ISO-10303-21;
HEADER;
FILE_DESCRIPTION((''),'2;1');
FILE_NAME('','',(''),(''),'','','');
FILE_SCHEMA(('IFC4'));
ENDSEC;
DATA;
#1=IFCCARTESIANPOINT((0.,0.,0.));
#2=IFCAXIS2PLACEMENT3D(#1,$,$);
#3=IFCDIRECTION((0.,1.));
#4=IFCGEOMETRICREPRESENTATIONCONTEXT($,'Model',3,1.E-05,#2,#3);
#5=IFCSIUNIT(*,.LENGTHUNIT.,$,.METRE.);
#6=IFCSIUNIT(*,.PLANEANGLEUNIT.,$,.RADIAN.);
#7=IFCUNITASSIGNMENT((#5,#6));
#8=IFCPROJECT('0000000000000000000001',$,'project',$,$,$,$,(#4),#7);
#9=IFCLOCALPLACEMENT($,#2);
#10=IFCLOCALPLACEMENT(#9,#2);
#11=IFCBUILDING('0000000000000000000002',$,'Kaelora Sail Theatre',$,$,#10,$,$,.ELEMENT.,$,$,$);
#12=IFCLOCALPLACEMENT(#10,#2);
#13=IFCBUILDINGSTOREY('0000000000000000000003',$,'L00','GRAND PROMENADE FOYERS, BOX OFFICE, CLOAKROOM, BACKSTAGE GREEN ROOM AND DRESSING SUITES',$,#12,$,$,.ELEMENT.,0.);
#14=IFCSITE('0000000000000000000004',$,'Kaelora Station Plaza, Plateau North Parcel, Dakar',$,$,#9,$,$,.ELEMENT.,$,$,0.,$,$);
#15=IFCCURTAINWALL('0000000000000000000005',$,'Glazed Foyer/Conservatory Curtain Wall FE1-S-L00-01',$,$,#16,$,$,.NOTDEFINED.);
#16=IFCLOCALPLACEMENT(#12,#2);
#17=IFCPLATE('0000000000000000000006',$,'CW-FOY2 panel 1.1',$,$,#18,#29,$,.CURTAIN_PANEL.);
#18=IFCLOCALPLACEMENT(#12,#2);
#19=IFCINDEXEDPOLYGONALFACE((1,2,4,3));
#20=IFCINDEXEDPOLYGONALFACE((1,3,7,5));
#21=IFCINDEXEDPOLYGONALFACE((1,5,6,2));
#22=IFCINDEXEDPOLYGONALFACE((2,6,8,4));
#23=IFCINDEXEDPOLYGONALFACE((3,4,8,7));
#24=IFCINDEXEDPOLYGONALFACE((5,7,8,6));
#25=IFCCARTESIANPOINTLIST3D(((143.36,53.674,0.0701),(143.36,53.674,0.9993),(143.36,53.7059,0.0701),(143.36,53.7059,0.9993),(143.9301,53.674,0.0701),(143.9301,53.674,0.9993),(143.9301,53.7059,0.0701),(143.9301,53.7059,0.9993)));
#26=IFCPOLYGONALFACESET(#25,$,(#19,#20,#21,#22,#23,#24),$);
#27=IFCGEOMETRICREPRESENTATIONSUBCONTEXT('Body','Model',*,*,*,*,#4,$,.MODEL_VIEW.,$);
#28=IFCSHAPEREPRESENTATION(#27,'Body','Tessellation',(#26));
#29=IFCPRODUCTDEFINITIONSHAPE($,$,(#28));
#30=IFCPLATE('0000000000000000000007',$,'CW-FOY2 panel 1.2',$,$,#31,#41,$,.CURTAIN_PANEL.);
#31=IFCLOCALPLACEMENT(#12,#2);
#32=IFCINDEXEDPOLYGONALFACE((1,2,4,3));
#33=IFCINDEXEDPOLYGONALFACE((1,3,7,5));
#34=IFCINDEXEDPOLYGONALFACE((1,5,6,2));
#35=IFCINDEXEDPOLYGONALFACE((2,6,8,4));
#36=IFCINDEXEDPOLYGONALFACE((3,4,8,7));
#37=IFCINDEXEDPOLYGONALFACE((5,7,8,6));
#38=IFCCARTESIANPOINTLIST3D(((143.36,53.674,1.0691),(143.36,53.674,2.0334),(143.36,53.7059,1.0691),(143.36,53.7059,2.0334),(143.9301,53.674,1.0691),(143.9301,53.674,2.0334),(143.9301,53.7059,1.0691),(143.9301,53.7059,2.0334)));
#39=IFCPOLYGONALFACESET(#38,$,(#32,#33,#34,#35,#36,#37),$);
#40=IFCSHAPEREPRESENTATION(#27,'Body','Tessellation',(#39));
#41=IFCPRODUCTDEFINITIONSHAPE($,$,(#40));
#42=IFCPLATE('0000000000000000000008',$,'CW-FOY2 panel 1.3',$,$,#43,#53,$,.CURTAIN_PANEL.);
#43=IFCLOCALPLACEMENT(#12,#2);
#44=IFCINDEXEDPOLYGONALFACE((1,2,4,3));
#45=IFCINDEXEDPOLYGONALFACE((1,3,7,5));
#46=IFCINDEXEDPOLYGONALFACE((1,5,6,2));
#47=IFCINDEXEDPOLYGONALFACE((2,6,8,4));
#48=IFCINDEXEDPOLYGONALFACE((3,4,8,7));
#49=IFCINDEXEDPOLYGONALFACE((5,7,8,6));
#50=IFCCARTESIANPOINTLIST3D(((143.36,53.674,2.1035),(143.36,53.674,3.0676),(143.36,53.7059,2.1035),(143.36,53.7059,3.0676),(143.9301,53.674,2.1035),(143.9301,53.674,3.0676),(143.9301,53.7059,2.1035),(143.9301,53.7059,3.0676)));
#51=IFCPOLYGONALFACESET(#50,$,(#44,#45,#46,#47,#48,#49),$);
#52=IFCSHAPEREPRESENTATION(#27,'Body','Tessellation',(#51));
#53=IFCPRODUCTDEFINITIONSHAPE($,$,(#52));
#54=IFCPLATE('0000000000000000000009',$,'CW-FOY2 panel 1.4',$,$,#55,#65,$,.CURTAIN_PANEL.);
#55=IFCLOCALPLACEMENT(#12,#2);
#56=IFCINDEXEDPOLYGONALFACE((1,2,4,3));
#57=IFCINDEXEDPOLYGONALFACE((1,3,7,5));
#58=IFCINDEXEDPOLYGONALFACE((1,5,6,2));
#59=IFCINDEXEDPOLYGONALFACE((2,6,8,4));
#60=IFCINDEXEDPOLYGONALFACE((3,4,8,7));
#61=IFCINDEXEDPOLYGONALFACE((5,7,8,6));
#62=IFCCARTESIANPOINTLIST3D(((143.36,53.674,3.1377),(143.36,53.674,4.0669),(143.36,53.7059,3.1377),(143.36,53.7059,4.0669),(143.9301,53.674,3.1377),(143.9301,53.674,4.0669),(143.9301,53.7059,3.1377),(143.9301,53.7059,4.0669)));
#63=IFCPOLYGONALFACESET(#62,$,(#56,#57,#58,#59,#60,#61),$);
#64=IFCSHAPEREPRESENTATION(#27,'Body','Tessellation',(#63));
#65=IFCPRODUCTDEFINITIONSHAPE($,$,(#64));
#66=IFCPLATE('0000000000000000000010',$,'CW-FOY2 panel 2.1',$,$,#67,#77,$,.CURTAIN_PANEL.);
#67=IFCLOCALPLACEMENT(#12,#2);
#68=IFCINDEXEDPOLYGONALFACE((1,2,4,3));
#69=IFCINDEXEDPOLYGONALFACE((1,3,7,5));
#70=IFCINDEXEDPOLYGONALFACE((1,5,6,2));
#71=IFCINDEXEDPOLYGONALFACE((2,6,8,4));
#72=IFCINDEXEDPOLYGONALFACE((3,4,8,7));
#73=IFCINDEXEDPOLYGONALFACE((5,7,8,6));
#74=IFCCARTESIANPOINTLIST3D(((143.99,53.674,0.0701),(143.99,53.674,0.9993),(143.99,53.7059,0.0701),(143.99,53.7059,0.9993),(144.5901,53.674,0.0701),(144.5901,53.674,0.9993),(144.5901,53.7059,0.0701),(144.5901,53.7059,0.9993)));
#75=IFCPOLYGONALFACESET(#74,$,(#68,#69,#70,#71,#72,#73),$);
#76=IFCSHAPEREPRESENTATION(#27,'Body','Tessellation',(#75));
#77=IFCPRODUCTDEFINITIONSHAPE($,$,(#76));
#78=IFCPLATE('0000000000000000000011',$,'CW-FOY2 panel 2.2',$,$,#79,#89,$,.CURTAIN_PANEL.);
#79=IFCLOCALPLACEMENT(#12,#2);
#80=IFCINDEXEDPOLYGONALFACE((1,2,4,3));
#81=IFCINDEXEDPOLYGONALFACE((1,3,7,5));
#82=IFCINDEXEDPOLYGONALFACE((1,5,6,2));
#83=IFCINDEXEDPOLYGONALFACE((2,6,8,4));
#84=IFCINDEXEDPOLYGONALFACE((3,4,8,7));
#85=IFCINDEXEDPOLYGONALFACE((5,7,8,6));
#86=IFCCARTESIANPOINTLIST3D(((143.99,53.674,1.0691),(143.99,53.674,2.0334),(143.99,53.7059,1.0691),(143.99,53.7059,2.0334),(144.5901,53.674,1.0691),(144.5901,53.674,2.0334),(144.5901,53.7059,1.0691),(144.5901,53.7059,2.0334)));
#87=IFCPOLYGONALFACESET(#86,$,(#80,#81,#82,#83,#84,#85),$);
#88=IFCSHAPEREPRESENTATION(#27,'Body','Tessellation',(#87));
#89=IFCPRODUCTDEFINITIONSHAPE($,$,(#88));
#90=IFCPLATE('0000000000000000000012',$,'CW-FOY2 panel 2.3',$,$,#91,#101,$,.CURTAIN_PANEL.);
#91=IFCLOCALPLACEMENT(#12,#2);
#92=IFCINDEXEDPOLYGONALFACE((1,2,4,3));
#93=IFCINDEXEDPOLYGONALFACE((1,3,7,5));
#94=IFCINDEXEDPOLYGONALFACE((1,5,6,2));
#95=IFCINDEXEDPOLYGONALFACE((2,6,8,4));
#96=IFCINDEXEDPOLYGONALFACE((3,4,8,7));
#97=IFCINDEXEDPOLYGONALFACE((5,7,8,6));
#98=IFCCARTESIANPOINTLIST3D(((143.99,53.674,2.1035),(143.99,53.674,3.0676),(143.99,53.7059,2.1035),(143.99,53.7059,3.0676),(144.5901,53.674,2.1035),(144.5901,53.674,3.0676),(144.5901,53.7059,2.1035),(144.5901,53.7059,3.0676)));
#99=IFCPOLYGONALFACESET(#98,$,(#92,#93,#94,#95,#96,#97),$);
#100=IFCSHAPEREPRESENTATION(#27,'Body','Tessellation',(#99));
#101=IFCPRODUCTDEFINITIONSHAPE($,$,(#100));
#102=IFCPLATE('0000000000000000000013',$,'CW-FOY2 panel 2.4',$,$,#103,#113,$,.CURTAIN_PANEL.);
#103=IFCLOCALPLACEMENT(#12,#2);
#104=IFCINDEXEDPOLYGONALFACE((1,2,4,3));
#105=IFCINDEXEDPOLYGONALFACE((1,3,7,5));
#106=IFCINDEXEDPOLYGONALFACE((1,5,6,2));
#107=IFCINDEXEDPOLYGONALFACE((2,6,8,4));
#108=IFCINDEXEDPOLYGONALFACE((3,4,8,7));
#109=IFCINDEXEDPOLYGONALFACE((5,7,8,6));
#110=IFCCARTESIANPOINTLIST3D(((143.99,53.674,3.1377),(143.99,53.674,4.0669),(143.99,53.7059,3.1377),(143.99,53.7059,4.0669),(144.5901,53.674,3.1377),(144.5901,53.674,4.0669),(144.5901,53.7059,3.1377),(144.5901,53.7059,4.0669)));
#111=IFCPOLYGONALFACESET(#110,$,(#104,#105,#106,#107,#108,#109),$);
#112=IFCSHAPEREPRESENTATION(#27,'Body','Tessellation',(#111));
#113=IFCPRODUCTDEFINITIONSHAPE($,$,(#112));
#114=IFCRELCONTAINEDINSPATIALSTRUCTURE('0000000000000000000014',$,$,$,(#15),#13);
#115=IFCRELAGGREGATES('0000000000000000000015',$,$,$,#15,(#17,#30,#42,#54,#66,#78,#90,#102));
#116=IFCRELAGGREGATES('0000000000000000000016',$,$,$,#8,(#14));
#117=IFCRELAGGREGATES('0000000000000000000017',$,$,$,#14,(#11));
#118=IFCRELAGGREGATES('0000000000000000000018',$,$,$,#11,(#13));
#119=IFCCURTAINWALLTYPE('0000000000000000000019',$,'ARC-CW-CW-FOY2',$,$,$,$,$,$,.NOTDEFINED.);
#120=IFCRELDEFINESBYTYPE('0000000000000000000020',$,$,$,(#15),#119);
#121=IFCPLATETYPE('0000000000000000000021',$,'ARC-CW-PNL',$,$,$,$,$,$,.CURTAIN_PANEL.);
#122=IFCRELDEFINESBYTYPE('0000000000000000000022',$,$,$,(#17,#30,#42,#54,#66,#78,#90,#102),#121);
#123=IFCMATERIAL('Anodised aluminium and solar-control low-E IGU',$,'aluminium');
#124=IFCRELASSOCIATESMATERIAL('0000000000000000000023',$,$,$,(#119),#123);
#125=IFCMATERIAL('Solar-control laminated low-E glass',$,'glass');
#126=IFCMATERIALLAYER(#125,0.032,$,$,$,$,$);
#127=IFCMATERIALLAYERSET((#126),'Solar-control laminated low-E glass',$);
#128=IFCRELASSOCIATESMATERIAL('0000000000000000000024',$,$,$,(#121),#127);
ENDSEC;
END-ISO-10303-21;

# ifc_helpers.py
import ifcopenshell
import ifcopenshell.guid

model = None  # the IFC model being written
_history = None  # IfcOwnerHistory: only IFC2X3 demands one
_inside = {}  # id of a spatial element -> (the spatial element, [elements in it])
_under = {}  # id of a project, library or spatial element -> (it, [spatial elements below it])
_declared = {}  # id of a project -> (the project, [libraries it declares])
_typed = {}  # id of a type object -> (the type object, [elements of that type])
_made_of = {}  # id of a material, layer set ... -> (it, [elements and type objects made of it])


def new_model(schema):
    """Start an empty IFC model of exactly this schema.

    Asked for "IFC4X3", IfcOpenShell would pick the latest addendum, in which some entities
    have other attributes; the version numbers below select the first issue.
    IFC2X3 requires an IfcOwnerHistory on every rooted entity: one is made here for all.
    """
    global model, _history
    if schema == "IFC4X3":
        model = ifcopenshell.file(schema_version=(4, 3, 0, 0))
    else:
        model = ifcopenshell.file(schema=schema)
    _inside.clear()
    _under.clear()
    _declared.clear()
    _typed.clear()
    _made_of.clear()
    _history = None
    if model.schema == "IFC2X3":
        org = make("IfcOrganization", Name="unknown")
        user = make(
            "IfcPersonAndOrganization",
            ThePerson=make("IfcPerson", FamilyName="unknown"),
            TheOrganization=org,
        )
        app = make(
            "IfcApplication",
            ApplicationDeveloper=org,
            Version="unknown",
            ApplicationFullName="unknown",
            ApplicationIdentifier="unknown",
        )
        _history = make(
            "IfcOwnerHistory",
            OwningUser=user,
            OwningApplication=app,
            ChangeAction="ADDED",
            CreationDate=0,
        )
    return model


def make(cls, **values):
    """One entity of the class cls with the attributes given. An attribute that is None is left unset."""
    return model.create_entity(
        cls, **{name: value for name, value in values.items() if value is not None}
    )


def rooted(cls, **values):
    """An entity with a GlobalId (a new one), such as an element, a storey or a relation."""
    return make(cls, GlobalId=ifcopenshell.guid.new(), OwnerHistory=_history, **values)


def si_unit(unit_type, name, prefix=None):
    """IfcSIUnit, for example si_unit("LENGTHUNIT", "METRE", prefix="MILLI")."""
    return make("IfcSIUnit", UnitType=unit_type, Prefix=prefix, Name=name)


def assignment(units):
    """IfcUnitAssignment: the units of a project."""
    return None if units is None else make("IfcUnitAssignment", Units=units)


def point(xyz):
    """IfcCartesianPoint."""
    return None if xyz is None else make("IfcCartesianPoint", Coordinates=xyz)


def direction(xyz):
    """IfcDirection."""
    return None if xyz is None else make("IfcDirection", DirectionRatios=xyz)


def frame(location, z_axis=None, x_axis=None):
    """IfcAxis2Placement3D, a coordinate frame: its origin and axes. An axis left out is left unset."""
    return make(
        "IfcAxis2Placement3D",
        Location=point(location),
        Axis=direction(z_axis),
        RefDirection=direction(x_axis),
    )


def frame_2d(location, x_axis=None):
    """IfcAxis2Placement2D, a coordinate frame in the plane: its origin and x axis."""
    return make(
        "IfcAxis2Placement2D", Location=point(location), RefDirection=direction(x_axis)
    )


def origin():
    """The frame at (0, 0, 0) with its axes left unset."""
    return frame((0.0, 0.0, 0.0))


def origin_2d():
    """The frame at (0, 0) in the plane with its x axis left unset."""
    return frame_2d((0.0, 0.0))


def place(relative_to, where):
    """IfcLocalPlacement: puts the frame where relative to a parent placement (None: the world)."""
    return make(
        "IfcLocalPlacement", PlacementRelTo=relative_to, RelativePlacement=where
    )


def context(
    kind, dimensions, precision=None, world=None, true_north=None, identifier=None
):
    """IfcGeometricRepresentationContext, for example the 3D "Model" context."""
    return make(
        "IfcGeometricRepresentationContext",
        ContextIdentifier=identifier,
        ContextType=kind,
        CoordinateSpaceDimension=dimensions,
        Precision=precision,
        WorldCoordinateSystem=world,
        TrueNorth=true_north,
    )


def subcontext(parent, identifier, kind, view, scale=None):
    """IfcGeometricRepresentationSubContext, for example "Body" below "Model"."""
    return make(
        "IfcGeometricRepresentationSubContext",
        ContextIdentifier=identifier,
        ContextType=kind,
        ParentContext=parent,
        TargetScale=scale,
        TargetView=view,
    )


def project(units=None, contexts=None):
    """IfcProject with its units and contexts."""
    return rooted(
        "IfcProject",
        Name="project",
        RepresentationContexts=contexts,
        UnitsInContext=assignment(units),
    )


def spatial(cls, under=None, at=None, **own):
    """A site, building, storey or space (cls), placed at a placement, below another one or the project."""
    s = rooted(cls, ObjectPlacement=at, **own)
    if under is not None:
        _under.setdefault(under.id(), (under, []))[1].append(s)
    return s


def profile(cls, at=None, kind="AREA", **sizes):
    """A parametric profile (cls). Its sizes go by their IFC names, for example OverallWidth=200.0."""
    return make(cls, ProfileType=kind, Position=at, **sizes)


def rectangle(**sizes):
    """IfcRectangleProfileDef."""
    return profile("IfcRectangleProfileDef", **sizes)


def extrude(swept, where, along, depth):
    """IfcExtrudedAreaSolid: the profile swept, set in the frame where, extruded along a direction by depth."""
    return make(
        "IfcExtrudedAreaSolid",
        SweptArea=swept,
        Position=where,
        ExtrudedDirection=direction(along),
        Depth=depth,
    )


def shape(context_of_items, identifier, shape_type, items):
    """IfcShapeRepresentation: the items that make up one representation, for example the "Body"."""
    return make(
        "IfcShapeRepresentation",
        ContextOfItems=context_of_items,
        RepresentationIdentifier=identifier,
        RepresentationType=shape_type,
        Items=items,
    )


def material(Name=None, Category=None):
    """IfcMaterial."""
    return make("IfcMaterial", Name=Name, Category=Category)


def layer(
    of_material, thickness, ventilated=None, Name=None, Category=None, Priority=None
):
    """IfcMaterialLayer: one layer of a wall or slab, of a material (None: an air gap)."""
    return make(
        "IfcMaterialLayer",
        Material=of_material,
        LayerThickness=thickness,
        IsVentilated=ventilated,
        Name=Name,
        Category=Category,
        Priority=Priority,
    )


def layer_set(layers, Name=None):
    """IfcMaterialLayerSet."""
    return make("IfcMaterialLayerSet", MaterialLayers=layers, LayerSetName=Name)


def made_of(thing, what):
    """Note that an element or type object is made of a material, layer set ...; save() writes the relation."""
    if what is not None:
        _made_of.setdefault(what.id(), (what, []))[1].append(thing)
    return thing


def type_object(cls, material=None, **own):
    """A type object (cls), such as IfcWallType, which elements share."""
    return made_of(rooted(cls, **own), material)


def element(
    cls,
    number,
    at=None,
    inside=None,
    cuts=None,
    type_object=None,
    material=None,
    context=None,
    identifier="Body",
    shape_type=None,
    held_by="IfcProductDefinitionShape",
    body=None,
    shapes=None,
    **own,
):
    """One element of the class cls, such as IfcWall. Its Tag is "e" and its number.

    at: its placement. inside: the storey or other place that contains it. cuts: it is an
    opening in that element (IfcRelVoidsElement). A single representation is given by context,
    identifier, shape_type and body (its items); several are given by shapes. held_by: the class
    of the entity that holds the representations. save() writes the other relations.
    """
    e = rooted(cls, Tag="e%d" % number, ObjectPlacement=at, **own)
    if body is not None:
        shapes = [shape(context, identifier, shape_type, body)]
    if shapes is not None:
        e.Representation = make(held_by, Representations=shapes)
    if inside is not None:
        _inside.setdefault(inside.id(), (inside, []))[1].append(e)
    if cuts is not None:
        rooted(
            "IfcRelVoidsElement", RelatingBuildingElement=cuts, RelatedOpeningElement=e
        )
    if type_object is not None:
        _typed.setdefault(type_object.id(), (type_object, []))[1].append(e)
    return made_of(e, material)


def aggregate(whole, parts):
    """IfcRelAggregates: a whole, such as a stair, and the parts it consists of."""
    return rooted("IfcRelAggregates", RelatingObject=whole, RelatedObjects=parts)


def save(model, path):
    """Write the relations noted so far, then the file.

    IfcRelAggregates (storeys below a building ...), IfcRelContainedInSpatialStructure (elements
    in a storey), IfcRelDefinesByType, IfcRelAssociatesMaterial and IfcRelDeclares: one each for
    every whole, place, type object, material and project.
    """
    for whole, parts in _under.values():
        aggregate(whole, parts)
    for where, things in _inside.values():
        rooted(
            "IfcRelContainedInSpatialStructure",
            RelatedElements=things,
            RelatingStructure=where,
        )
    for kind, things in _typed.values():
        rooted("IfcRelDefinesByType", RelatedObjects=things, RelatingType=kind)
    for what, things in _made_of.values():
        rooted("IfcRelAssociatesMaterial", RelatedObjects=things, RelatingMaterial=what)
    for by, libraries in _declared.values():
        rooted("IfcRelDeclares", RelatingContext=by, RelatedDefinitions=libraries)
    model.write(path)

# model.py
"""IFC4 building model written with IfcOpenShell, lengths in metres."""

from ifc_helpers import new_model, si_unit, direction, frame, origin, origin_2d, place, context, subcontext, project, spatial, rectangle, extrude, material, layer, layer_set, type_object, element, aggregate, save


model = new_model("IFC4")

# Units and contexts
model_context = context("Model", 3, precision=1e-05, world=origin(), true_north=direction((0.0, 1.0)))
body_context = subcontext(model_context, "Body", "Model", "MODEL_VIEW")
ifc_project = project(units=[si_unit("LENGTHUNIT", "METRE"), si_unit("PLANEANGLEUNIT", "RADIAN")], contexts=[model_context])

# Site, building, storey
site_placement = place(None, origin())
site = spatial("IfcSite", under=ifc_project, at=site_placement, Name="Kaelora Station Plaza, Plateau North Parcel, Dakar", CompositionType="ELEMENT", RefElevation=0.0)
building_placement = place(site_placement, origin())
building = spatial("IfcBuilding", under=site, at=building_placement, Name="Kaelora Sail Theatre", CompositionType="ELEMENT")
storey_placement = place(building_placement, origin())
storey = spatial("IfcBuildingStorey", under=building, at=storey_placement, Name="L00", Description="GRAND PROMENADE FOYERS, BOX OFFICE, CLOAKROOM, BACKSTAGE GREEN ROOM AND DRESSING SUITES", CompositionType="ELEMENT", Elevation=0.0)

# Curtain wall
ifc_material_1 = material(Name="Anodised aluminium and solar-control low-E IGU", Category="aluminium")
curtain_wall_type = type_object("IfcCurtainWallType", Name="ARC-CW-CW-FOY2", PredefinedType="NOTDEFINED", material=ifc_material_1)
curtain_wall_placement = place(storey_placement, origin())
curtain_wall = element("IfcCurtainWall", 1, at=curtain_wall_placement, inside=storey, type_object=curtain_wall_type, Name="Glazed Foyer/Conservatory Curtain Wall FE1-S-L00-01", PredefinedType="NOTDEFINED")

# Plates
ifc_material_2 = material(Name="Solar-control laminated low-E glass", Category="glass")
ifc_layer = layer(ifc_material_2, 0.032)
ifc_layer_set = layer_set([ifc_layer], Name="Solar-control laminated low-E glass")
plate_type = type_object("IfcPlateType", Name="ARC-CW-PNL", PredefinedType="CURTAIN_PANEL", material=ifc_layer_set)
plate_1_placement = place(storey_placement, frame((143.645, 53.6899, 0.0701), z_axis=(0.0, 0.0, 1.0), x_axis=(1.0, 0.0, 0.0)))
plate_1 = element("IfcPlate", 2, at=plate_1_placement, type_object=plate_type, Name="CW-FOY2 panel 1.1", PredefinedType="CURTAIN_PANEL", context=body_context, shape_type="SweptSolid", body=[
    extrude(rectangle(XDim=0.5701, YDim=0.032, at=origin_2d()), origin(), (0.0, 0.0, 1.0), 0.9292),
])
plate_2_placement = place(storey_placement, frame((143.645, 53.6899, 1.0691), z_axis=(0.0, 0.0, 1.0), x_axis=(1.0, 0.0, 0.0)))
plate_2 = element("IfcPlate", 3, at=plate_2_placement, type_object=plate_type, Name="CW-FOY2 panel 1.2", PredefinedType="CURTAIN_PANEL", context=body_context, shape_type="SweptSolid", body=[
    extrude(rectangle(XDim=0.5701, YDim=0.032, at=origin_2d()), origin(), (0.0, 0.0, 1.0), 0.9644),
])
plate_3_placement = place(storey_placement, frame((143.645, 53.6899, 2.1035), z_axis=(0.0, 0.0, 1.0), x_axis=(1.0, 0.0, 0.0)))
plate_3 = element("IfcPlate", 4, at=plate_3_placement, type_object=plate_type, Name="CW-FOY2 panel 1.3", PredefinedType="CURTAIN_PANEL", context=body_context, shape_type="SweptSolid", body=[
    extrude(rectangle(XDim=0.5701, YDim=0.032, at=origin_2d()), origin(), (0.0, 0.0, 1.0), 0.9641),
])
plate_4_placement = place(storey_placement, frame((143.645, 53.6899, 3.1377), z_axis=(0.0, 0.0, 1.0), x_axis=(1.0, 0.0, 0.0)))
plate_4 = element("IfcPlate", 5, at=plate_4_placement, type_object=plate_type, Name="CW-FOY2 panel 1.4", PredefinedType="CURTAIN_PANEL", context=body_context, shape_type="SweptSolid", body=[
    extrude(rectangle(XDim=0.5701, YDim=0.032, at=origin_2d()), origin(), (0.0, 0.0, 1.0), 0.9292),
])
plate_5_placement = place(storey_placement, frame((144.29, 53.6899, 0.0701), z_axis=(0.0, 0.0, 1.0), x_axis=(1.0, 0.0, 0.0)))
plate_5 = element("IfcPlate", 6, at=plate_5_placement, type_object=plate_type, Name="CW-FOY2 panel 2.1", PredefinedType="CURTAIN_PANEL", context=body_context, shape_type="SweptSolid", body=[
    extrude(rectangle(XDim=0.6001, YDim=0.032, at=origin_2d()), origin(), (0.0, 0.0, 1.0), 0.9292),
])
plate_6_placement = place(storey_placement, frame((144.29, 53.6899, 1.0691), z_axis=(0.0, 0.0, 1.0), x_axis=(1.0, 0.0, 0.0)))
plate_6 = element("IfcPlate", 7, at=plate_6_placement, type_object=plate_type, Name="CW-FOY2 panel 2.2", PredefinedType="CURTAIN_PANEL", context=body_context, shape_type="SweptSolid", body=[
    extrude(rectangle(XDim=0.6001, YDim=0.032, at=origin_2d()), origin(), (0.0, 0.0, 1.0), 0.9644),
])
plate_7_placement = place(storey_placement, frame((144.29, 53.6899, 2.1035), z_axis=(0.0, 0.0, 1.0), x_axis=(1.0, 0.0, 0.0)))
plate_7 = element("IfcPlate", 8, at=plate_7_placement, type_object=plate_type, Name="CW-FOY2 panel 2.3", PredefinedType="CURTAIN_PANEL", context=body_context, shape_type="SweptSolid", body=[
    extrude(rectangle(XDim=0.6001, YDim=0.032, at=origin_2d()), origin(), (0.0, 0.0, 1.0), 0.9641),
])
plate_8_placement = place(storey_placement, frame((144.29, 53.6899, 3.1377), z_axis=(0.0, 0.0, 1.0), x_axis=(1.0, 0.0, 0.0)))
plate_8 = element("IfcPlate", 9, at=plate_8_placement, type_object=plate_type, Name="CW-FOY2 panel 2.4", PredefinedType="CURTAIN_PANEL", context=body_context, shape_type="SweptSolid", body=[
    extrude(rectangle(XDim=0.6001, YDim=0.032, at=origin_2d()), origin(), (0.0, 0.0, 1.0), 0.9292),
])
aggregate(curtain_wall, [plate_1, plate_2, plate_3, plate_4, plate_5, plate_6, plate_7, plate_8])

save(model, "model.ifc")
